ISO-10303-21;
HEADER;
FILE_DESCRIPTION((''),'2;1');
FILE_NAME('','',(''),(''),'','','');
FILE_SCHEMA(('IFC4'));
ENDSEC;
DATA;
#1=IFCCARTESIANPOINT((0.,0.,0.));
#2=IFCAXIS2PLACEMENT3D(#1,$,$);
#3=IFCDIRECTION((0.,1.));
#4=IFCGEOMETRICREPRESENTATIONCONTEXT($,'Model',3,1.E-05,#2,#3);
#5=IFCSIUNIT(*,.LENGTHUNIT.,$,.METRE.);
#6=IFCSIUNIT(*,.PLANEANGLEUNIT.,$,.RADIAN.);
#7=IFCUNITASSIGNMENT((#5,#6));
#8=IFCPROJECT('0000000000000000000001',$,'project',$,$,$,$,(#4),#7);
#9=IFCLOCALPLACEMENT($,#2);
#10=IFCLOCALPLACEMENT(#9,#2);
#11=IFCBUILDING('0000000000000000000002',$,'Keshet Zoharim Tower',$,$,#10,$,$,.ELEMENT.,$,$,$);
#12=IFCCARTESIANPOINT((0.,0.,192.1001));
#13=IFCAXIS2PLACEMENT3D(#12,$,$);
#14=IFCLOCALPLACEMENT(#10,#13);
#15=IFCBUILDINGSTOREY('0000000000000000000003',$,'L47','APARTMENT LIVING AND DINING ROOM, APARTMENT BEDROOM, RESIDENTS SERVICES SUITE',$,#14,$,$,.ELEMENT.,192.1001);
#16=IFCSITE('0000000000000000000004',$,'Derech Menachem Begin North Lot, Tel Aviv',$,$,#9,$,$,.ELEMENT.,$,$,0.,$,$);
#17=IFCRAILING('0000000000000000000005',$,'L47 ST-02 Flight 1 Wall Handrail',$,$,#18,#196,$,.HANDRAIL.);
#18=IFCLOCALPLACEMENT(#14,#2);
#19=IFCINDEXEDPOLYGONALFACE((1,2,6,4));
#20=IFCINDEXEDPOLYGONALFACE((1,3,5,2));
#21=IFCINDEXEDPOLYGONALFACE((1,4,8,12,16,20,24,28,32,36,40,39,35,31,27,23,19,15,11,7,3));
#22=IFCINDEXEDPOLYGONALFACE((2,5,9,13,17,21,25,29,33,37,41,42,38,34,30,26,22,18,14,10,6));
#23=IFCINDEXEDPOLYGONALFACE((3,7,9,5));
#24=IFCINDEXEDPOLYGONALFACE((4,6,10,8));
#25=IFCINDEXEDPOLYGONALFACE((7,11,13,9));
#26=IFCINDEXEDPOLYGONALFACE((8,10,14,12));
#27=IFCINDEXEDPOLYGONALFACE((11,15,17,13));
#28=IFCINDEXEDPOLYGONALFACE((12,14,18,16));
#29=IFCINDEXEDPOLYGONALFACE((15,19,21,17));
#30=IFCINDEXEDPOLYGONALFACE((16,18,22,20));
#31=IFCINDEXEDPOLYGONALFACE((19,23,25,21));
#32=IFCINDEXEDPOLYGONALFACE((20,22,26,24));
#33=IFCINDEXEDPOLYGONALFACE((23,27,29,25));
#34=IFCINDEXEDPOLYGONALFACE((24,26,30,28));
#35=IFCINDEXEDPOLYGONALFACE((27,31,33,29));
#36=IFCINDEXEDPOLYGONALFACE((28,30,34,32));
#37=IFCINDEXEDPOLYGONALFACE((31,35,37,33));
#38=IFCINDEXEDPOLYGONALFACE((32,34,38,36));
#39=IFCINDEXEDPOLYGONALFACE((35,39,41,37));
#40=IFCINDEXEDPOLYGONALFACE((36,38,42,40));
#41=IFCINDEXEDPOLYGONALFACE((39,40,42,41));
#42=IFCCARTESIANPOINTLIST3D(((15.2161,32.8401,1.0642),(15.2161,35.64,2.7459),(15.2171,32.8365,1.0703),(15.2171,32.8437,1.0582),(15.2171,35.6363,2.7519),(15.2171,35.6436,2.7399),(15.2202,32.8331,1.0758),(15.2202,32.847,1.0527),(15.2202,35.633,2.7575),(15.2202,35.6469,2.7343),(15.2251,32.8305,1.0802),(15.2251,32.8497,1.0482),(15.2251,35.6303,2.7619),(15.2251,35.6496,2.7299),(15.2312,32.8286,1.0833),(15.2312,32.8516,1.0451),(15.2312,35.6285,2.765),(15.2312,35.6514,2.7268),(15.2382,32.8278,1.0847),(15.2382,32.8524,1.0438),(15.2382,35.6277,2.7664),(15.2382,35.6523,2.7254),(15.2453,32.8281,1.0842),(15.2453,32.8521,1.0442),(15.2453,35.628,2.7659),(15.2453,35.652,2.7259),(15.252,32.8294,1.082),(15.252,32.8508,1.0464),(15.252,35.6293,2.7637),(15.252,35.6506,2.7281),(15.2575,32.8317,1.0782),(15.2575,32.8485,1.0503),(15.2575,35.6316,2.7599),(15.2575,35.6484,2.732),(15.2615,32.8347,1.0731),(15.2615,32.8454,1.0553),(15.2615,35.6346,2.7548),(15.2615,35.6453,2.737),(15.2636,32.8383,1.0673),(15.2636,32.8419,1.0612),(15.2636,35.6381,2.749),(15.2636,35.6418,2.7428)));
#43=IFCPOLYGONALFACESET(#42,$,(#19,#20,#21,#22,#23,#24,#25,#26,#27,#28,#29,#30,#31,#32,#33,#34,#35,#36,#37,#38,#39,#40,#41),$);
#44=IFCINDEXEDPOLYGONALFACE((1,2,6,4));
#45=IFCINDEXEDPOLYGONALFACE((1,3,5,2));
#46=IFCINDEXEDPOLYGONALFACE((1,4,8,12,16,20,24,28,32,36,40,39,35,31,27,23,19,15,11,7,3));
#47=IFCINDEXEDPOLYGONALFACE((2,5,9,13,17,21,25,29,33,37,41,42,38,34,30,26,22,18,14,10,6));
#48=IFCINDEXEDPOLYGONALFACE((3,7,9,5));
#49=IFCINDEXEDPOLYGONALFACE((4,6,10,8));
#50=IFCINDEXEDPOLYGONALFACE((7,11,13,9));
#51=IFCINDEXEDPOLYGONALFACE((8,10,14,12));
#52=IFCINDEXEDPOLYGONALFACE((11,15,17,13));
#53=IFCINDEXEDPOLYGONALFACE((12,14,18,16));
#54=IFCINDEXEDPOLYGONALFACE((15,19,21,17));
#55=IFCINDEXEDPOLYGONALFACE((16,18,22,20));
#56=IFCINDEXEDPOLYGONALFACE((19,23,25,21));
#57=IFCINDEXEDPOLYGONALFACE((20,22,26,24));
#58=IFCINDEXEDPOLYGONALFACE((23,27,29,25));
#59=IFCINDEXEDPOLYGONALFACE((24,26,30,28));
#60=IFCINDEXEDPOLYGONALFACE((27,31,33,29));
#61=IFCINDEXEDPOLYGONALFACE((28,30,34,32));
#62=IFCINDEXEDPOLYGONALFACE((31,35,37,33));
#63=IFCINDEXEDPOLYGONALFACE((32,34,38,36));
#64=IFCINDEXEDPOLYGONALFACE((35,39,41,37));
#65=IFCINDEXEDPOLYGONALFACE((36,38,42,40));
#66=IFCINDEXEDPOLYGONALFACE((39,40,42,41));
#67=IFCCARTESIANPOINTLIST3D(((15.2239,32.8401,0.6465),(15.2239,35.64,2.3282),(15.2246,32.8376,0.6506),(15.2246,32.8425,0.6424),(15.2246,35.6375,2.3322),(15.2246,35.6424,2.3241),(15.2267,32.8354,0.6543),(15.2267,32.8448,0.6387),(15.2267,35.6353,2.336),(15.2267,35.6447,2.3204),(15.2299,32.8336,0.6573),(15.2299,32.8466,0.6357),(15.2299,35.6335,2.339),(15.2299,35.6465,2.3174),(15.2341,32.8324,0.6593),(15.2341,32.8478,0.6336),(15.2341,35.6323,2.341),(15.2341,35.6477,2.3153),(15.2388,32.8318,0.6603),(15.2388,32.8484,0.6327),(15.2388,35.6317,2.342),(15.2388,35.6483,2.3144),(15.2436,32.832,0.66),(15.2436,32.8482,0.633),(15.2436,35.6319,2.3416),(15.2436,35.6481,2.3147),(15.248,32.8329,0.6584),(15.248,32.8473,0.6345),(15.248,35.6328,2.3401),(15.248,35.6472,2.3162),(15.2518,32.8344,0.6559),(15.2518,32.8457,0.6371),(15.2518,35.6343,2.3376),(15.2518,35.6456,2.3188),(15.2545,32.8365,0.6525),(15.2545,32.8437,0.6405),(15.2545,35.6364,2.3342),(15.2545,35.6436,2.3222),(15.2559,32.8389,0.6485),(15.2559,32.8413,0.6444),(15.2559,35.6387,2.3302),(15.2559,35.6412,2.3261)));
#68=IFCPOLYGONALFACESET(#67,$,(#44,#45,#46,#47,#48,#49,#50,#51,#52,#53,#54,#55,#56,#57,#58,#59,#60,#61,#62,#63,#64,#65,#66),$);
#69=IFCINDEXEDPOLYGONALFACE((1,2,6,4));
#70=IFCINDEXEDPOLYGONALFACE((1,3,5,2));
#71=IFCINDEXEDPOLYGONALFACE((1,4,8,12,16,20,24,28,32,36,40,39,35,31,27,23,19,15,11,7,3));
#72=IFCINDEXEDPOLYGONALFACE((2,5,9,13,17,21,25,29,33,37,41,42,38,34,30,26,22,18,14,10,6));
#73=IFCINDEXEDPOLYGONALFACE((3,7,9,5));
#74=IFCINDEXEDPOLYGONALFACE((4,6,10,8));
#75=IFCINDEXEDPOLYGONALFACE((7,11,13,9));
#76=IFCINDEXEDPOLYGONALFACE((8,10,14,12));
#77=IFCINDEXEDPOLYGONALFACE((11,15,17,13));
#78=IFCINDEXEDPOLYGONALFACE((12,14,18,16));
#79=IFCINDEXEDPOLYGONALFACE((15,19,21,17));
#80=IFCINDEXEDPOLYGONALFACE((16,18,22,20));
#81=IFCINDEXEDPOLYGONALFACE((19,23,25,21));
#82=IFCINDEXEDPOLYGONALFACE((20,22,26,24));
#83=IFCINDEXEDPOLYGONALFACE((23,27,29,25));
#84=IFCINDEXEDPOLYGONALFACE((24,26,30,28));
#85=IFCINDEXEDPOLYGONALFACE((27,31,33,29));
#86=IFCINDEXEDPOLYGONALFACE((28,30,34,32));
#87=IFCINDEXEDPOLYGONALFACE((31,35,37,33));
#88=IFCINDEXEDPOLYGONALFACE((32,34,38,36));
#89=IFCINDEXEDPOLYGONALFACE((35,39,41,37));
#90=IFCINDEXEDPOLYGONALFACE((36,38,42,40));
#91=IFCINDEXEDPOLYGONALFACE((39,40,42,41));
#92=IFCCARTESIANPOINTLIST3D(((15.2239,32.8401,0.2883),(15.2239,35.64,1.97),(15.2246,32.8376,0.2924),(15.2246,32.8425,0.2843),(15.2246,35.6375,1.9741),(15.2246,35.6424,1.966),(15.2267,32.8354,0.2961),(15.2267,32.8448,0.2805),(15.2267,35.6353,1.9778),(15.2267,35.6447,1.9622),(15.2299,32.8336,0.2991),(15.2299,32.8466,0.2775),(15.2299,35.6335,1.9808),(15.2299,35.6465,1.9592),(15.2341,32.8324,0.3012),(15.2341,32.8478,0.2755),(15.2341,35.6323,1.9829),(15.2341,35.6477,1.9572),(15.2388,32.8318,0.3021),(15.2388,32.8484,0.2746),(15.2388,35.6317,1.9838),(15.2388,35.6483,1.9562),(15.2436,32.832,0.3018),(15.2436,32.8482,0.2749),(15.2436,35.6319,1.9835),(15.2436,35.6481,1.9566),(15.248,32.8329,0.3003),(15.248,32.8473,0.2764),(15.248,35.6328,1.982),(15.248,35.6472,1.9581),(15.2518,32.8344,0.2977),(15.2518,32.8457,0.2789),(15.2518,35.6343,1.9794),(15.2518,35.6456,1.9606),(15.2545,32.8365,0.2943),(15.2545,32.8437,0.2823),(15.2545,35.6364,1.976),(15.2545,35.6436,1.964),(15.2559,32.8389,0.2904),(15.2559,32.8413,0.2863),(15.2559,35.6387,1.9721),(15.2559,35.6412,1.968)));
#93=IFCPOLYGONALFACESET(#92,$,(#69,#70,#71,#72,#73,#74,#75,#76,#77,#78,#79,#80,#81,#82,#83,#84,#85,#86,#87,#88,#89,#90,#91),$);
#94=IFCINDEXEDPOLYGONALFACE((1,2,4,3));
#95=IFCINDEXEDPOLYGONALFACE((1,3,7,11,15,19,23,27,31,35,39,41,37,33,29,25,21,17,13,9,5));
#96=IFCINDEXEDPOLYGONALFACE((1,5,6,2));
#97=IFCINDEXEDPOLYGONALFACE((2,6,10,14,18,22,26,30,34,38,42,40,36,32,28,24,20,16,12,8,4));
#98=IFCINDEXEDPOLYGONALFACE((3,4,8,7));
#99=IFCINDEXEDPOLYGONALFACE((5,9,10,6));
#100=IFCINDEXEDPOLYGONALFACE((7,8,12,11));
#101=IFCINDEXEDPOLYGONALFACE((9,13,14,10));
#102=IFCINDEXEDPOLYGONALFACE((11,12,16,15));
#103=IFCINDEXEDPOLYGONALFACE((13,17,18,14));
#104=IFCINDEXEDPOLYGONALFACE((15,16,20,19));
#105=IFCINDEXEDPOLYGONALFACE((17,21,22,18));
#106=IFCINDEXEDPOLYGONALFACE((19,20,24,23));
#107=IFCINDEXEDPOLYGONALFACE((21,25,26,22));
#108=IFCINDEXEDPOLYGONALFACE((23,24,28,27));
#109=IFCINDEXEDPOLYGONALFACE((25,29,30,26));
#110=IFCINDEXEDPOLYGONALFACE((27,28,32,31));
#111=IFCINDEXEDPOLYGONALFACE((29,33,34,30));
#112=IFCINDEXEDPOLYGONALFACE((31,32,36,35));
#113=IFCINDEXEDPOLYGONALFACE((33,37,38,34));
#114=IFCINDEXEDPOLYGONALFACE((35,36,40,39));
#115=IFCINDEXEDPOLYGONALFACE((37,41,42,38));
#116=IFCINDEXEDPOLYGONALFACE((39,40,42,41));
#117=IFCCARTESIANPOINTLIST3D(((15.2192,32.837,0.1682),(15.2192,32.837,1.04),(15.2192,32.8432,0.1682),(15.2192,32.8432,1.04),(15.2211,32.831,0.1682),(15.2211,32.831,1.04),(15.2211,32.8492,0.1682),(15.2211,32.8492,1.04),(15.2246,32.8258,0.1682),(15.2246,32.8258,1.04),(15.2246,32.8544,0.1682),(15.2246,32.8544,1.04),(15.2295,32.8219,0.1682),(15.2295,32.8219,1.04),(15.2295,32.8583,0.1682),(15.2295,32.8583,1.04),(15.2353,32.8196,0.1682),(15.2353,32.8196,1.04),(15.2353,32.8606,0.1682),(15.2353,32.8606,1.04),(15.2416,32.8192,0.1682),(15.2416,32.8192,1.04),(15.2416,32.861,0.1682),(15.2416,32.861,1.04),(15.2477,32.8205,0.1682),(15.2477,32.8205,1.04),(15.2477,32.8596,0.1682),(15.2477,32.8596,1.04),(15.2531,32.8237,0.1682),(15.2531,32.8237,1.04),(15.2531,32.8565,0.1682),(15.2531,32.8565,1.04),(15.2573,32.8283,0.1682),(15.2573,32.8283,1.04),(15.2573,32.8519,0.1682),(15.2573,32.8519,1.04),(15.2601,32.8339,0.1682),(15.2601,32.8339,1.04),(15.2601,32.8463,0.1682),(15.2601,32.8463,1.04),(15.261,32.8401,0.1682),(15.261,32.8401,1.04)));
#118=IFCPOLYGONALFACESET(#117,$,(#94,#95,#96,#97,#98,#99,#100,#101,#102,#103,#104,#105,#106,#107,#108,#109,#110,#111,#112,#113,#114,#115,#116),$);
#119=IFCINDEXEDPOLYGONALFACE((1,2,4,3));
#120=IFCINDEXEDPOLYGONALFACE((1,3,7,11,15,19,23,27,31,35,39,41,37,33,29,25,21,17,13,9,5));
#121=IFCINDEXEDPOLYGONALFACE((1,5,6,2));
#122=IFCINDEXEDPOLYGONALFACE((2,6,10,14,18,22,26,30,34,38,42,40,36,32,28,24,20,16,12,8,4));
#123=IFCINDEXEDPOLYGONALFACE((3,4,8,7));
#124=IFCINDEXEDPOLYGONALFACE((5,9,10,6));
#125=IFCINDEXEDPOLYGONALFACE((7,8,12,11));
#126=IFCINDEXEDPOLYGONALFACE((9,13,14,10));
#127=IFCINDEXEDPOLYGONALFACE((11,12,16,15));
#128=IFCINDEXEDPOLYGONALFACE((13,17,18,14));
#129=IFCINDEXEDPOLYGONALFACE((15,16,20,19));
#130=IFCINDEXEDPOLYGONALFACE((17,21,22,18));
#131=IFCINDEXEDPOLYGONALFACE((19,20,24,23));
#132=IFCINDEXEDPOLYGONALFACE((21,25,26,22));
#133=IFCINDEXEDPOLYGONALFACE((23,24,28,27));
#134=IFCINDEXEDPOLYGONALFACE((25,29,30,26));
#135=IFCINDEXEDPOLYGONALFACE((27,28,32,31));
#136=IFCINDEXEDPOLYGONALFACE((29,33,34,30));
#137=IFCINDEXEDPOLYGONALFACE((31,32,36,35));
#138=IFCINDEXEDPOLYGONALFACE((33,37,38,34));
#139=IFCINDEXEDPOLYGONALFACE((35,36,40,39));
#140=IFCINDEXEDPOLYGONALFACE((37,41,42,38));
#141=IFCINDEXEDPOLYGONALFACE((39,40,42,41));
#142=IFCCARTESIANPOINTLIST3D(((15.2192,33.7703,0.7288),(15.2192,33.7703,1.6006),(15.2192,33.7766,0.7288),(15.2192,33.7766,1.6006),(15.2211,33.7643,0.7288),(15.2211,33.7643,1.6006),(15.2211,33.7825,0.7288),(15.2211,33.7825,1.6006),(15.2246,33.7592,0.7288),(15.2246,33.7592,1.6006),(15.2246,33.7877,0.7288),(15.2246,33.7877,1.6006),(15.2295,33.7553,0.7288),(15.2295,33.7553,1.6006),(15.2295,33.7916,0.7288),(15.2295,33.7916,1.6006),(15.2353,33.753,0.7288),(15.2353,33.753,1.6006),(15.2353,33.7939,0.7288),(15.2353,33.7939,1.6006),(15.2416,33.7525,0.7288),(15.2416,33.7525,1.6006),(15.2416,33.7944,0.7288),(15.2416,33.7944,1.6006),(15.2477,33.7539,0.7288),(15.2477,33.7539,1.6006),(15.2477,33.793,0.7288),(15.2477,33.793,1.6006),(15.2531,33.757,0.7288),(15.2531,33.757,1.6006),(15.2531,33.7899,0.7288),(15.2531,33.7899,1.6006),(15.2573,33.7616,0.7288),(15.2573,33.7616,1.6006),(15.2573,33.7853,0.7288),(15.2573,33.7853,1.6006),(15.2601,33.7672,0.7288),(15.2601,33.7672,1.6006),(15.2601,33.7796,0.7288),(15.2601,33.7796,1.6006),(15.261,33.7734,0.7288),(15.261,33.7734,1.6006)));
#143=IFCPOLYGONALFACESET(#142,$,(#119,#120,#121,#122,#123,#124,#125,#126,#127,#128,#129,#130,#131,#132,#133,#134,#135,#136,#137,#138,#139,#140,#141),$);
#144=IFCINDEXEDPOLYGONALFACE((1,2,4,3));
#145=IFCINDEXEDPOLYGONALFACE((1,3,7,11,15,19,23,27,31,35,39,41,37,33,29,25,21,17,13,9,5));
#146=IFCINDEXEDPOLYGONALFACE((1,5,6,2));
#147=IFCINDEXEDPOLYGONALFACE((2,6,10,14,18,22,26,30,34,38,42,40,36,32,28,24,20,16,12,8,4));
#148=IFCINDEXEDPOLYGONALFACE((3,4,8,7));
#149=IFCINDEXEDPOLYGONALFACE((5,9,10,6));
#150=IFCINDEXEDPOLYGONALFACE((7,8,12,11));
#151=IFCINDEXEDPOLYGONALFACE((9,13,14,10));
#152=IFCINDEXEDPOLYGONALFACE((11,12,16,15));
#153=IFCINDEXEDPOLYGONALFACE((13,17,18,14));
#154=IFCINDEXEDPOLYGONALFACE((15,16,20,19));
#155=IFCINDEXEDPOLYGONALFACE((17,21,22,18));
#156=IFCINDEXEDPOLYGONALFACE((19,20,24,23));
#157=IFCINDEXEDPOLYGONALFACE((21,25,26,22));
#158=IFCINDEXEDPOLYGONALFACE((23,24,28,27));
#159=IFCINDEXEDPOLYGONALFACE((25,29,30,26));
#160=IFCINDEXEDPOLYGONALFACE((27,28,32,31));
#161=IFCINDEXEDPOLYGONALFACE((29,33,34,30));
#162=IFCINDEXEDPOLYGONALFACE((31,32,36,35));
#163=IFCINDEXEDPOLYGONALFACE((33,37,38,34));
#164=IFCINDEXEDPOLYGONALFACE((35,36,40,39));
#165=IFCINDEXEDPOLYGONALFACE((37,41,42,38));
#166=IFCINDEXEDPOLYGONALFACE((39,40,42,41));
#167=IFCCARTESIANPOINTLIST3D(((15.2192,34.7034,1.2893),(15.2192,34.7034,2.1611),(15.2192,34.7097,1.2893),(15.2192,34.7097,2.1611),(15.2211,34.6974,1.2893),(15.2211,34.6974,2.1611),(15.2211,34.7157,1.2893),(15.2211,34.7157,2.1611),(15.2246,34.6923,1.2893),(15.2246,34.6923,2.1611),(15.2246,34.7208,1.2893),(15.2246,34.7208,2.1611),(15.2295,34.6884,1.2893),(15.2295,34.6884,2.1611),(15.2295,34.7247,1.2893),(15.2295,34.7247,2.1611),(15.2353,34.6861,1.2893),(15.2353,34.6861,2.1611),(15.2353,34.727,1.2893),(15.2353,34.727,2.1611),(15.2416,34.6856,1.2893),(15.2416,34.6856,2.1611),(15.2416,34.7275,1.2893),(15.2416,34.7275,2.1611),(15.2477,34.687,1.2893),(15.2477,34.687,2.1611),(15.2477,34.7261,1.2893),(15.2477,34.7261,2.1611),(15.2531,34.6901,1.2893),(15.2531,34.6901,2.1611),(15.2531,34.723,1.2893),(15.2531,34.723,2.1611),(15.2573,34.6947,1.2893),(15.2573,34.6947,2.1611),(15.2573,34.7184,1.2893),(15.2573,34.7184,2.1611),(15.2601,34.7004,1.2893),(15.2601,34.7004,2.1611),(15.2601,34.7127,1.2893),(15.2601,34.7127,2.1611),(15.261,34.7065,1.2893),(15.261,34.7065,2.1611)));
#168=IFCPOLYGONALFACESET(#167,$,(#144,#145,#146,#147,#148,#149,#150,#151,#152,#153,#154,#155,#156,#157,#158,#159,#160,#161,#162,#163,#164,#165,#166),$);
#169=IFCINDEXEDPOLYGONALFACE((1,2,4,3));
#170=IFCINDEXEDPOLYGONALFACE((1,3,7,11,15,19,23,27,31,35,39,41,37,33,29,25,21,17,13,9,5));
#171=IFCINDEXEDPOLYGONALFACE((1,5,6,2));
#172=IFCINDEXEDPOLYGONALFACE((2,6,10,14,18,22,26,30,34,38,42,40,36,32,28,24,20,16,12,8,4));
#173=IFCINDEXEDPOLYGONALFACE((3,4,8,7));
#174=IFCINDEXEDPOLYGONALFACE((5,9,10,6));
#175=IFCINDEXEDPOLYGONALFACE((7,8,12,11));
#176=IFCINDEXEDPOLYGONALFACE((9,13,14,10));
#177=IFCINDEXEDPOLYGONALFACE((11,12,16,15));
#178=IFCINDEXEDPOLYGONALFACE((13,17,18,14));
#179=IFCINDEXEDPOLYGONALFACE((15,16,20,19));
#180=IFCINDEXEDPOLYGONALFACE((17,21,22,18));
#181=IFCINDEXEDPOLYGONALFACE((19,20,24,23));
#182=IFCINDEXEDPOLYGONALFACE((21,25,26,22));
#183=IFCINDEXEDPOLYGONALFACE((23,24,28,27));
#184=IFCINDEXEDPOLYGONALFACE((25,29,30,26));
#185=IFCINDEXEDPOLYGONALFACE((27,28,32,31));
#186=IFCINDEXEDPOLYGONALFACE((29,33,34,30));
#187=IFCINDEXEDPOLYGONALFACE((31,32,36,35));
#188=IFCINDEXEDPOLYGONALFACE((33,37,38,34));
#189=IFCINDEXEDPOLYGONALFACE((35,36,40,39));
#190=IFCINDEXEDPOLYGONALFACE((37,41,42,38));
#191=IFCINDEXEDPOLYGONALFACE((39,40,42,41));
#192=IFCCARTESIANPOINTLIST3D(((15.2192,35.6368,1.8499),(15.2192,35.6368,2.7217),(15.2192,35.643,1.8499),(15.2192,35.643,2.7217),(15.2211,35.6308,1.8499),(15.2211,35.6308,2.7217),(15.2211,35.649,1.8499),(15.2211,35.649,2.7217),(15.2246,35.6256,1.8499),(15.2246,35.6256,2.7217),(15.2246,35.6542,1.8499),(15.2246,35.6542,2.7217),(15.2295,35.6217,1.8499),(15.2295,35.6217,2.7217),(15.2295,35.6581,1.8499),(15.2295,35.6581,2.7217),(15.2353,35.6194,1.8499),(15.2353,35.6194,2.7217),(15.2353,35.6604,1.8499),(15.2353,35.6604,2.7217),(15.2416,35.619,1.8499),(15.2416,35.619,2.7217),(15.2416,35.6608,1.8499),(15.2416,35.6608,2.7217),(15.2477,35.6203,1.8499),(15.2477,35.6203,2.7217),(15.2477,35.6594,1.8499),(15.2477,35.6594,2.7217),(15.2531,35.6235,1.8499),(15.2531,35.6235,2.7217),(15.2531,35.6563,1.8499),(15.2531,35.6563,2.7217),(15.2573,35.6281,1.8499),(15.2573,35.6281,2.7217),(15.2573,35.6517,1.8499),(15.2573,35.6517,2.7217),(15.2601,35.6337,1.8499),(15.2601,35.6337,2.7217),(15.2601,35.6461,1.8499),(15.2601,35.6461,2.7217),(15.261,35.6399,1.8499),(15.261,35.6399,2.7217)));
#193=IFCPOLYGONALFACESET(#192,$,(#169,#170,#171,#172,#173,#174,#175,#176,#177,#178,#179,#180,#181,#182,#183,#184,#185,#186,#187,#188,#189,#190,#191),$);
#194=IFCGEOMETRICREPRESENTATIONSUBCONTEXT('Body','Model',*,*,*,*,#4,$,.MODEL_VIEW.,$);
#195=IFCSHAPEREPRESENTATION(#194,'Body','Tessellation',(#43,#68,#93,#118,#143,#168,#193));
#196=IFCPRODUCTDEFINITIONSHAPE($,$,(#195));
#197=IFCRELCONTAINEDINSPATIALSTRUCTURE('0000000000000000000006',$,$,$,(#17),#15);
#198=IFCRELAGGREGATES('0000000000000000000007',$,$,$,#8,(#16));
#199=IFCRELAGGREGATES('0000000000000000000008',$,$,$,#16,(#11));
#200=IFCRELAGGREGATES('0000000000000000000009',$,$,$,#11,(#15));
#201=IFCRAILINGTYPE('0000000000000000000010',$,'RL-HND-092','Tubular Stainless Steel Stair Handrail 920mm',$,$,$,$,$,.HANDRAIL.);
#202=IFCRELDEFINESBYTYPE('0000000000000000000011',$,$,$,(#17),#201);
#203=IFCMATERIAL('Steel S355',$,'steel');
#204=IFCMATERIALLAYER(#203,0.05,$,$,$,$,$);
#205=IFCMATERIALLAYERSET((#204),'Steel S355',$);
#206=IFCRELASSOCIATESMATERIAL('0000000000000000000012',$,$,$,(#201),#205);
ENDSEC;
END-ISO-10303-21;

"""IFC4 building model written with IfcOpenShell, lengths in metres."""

from ifc_helpers import new_model, si_unit, direction, frame, origin, origin_2d, place, context, subcontext, project, spatial, circle, extrude, material, layer, layer_set, type_object, element, save


model = new_model("IFC4")

# Units and contexts
model_context = context("Model", 3, precision=1e-05, world=origin(), true_north=direction((0.0, 1.0)))
body_context = subcontext(model_context, "Body", "Model", "MODEL_VIEW")
ifc_project = project(units=[si_unit("LENGTHUNIT", "METRE"), si_unit("PLANEANGLEUNIT", "RADIAN")], contexts=[model_context])

# Site, building, storey
site_placement = place(None, origin())
site = spatial("IfcSite", under=ifc_project, at=site_placement, Name="Derech Menachem Begin North Lot, Tel Aviv", CompositionType="ELEMENT", RefElevation=0.0)
building_placement = place(site_placement, origin())
building = spatial("IfcBuilding", under=site, at=building_placement, Name="Keshet Zoharim Tower", CompositionType="ELEMENT")
storey_placement = place(building_placement, frame((0.0, 0.0, 192.1001)))
storey = spatial("IfcBuildingStorey", under=building, at=storey_placement, Name="L47", Description="APARTMENT LIVING AND DINING ROOM, APARTMENT BEDROOM, RESIDENTS SERVICES SUITE", CompositionType="ELEMENT", Elevation=192.1001)

# Shared definitions
ifc_material_1 = material(Name="Steel S355", Category="steel")

# Railing
ifc_layer_1 = layer(ifc_material_1, 0.05)
ifc_layer_set_1 = layer_set([ifc_layer_1], Name="Steel S355")
railing_type_1 = type_object("IfcRailingType", Name="RL-HND-092", Description="Tubular Stainless Steel Stair Handrail 920mm", PredefinedType="HANDRAIL", material=ifc_layer_set_1)
railing_1_placement = place(storey_placement, frame((15.24, 32.8401, 0.1682)))
element("IfcRailing", 1, at=railing_1_placement, inside=storey, type_object=railing_type_1, Name="L47 ST-02 Flight 1 Wall Handrail", PredefinedType="HANDRAIL", context=body_context, shape_type="SweptSolid", body=[
    extrude(circle(Radius=0.0239, at=origin_2d()), frame((0.0, 0.0, 0.896), z_axis=(0.0, 0.857255, 0.514891), x_axis=(-1.0, 0.0, 0.0)), (0.0, 0.0, 1.0), 3.2661),
    extrude(circle(Radius=0.0161, at=origin_2d()), frame((0.0, 0.0, 0.4783), z_axis=(0.0, 0.857255, 0.514891), x_axis=(-1.0, 0.0, 0.0)), (0.0, 0.0, 1.0), 3.2661),
    extrude(circle(Radius=0.0161, at=origin_2d()), frame((0.0, 0.0, 0.1201), z_axis=(0.0, 0.857255, 0.514891), x_axis=(-1.0, 0.0, 0.0)), (0.0, 0.0, 1.0), 3.2661),
    extrude(circle(Radius=0.021, at=origin_2d()), origin(), (0.0, 0.0, 1.0), 0.8718),
    extrude(circle(Radius=0.021, at=origin_2d()), frame((0.0, 0.9333, 0.5605)), (0.0, 0.0, 1.0), 0.8718),
    extrude(circle(Radius=0.021, at=origin_2d()), frame((0.0, 1.8665, 1.1211)), (0.0, 0.0, 1.0), 0.8718),
    extrude(circle(Radius=0.021, at=origin_2d()), frame((0.0, 2.7998, 1.6816)), (0.0, 0.0, 1.0), 0.8718),
])

save(model, "model.ifc")
